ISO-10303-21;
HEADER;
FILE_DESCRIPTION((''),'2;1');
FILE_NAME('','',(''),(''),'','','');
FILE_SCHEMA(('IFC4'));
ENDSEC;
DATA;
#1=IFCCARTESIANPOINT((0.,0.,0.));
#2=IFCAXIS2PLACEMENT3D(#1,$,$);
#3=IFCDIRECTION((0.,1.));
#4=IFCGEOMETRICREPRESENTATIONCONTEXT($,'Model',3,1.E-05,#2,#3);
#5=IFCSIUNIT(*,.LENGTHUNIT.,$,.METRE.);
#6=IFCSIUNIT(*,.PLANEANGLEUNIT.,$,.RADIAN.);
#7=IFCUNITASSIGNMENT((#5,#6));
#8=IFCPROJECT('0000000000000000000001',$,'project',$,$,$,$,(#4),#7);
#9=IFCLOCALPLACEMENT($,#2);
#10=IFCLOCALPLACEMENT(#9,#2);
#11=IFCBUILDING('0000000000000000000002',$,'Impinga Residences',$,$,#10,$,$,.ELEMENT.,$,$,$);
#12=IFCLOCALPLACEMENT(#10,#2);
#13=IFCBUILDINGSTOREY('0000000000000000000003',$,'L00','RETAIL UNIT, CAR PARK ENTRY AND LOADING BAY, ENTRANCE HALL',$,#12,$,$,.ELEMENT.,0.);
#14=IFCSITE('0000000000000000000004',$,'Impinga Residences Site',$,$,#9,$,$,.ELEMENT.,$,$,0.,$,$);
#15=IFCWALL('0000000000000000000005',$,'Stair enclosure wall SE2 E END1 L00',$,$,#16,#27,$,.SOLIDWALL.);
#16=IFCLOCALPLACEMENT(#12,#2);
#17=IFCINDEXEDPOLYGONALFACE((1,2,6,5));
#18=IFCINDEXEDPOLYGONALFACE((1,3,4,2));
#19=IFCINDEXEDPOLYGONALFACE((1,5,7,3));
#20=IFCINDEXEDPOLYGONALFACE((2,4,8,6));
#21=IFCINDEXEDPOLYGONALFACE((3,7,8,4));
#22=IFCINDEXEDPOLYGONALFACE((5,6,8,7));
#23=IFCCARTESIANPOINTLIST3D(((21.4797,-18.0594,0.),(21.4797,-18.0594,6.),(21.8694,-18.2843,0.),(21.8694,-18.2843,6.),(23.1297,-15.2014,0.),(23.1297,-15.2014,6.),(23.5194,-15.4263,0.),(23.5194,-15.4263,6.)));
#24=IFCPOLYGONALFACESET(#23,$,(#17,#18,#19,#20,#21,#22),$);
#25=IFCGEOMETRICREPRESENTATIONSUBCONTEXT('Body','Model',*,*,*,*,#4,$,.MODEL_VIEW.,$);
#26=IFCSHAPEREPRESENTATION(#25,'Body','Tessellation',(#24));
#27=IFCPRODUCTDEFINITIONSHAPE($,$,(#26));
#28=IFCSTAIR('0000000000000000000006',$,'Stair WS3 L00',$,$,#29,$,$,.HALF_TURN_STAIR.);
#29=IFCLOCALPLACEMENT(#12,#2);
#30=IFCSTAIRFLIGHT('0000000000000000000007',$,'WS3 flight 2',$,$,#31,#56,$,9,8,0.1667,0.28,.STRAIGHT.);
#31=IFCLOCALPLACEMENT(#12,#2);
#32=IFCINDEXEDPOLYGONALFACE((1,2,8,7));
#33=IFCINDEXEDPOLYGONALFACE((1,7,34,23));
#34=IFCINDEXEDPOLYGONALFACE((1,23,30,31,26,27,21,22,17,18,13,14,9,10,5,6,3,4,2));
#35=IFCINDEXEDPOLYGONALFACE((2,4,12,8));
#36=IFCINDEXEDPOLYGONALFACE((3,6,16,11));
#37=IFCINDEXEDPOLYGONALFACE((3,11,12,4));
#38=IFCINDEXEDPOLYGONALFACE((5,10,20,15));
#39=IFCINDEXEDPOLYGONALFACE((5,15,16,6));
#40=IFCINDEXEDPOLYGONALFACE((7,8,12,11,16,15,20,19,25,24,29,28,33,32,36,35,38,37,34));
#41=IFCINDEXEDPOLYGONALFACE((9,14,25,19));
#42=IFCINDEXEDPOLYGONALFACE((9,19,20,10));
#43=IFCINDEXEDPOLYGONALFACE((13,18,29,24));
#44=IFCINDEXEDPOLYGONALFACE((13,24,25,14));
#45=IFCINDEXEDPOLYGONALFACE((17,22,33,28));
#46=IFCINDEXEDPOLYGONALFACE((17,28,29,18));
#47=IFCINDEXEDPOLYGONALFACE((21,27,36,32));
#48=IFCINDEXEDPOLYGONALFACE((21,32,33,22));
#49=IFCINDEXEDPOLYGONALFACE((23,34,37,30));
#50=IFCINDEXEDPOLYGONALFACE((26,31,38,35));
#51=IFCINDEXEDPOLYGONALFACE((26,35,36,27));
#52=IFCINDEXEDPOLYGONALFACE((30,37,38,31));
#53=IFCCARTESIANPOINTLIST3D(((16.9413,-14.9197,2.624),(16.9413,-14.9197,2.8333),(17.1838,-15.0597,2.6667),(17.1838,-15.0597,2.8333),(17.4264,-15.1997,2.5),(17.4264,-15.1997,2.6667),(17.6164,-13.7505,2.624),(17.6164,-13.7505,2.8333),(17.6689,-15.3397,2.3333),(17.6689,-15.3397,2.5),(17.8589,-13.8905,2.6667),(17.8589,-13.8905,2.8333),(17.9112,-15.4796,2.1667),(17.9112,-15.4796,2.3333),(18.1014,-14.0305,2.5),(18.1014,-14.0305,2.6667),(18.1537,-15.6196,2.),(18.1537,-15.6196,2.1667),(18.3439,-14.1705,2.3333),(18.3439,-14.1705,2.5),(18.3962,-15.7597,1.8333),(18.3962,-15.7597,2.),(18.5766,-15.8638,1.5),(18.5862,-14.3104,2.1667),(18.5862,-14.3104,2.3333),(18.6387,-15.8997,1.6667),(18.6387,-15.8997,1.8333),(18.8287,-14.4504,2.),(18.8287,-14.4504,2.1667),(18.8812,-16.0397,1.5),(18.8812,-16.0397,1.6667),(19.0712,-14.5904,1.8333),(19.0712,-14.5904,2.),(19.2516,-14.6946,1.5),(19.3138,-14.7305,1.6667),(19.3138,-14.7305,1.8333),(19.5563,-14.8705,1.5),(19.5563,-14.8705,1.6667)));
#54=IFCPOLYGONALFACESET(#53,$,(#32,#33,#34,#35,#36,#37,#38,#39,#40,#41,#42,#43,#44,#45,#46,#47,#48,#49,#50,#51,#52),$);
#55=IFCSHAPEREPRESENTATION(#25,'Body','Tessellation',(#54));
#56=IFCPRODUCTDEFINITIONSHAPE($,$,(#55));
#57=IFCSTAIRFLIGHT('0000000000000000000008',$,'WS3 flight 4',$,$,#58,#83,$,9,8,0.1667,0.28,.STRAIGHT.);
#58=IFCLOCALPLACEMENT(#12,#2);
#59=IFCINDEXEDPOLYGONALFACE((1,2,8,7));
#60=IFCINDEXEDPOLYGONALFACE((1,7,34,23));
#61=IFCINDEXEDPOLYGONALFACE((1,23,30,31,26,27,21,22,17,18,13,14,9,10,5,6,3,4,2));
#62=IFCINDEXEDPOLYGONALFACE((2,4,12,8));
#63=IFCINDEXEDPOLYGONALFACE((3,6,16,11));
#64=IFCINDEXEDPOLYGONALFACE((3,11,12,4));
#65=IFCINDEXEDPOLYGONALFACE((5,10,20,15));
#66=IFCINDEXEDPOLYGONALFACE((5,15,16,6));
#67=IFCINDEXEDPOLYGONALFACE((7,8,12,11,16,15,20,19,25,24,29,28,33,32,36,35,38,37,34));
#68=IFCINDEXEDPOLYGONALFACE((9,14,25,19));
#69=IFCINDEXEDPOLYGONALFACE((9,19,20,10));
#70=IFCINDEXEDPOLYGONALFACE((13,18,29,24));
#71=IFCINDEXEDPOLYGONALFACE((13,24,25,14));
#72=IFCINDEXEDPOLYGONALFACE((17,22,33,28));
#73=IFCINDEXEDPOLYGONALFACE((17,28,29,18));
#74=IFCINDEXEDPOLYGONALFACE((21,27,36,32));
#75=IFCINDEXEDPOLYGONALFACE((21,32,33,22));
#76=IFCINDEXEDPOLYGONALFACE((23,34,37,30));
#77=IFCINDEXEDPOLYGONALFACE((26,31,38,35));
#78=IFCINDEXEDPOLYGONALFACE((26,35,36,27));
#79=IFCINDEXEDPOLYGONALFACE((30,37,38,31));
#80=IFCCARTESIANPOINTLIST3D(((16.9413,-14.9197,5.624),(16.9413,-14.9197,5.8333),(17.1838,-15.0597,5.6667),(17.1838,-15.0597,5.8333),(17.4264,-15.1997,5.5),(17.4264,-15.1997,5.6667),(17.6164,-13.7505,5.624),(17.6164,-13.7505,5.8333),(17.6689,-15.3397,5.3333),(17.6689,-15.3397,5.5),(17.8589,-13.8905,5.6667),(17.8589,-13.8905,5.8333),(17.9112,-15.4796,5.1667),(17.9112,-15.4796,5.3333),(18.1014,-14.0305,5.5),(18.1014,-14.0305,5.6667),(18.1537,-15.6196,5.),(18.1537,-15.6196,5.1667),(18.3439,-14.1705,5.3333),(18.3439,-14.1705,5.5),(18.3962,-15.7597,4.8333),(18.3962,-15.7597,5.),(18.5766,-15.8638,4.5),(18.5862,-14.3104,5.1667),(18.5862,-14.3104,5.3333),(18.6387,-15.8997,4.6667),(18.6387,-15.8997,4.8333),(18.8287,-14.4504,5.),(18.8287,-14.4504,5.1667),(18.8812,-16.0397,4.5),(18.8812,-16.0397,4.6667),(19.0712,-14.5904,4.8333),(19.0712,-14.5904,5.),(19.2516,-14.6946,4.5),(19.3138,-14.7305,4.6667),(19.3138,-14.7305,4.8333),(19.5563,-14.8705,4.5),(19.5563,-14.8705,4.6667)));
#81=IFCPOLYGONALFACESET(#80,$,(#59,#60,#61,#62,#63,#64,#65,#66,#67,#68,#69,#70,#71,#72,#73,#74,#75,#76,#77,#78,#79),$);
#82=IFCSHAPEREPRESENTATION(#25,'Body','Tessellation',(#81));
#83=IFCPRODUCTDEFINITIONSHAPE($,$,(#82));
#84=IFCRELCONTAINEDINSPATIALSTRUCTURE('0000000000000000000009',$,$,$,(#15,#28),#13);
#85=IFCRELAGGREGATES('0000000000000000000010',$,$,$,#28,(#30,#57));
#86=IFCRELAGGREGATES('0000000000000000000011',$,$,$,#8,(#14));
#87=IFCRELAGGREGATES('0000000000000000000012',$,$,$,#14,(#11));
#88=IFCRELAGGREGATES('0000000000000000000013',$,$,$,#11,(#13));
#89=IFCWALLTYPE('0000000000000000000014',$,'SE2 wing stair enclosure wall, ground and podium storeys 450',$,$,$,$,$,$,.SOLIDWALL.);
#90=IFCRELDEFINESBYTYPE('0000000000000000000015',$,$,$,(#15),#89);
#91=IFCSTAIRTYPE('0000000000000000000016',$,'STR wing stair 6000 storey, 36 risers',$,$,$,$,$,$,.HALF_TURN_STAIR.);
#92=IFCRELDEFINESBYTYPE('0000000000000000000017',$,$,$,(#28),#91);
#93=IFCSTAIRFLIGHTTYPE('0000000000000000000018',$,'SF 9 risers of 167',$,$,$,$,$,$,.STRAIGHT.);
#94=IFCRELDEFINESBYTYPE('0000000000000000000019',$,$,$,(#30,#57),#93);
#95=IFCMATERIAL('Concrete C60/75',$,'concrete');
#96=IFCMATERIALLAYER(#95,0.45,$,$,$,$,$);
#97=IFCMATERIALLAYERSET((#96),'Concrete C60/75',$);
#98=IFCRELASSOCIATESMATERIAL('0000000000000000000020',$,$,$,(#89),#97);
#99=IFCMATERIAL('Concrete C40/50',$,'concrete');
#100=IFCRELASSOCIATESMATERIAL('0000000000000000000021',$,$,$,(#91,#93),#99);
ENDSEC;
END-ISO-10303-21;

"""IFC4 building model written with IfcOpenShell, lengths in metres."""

from ifc_helpers import new_model, si_unit, direction, frame, frame_2d, origin, place, context, subcontext, project, spatial, polyline, rectangle, outline, extrude, material, layer, layer_set, type_object, element, aggregate, save


model = new_model("IFC4")

# Units and contexts
model_context = context("Model", 3, precision=1e-05, world=origin(), true_north=direction((0.0, 1.0)))
body_context = subcontext(model_context, "Body", "Model", "MODEL_VIEW")
ifc_project = project(units=[si_unit("LENGTHUNIT", "METRE"), si_unit("PLANEANGLEUNIT", "RADIAN")], contexts=[model_context])

# Site, building, storey
site_placement = place(None, origin())
site = spatial("IfcSite", under=ifc_project, at=site_placement, Name="Impinga Residences Site", CompositionType="ELEMENT", RefElevation=0.0)
building_placement = place(site_placement, origin())
building = spatial("IfcBuilding", under=site, at=building_placement, Name="Impinga Residences", CompositionType="ELEMENT")
storey_placement = place(building_placement, origin())
storey = spatial("IfcBuildingStorey", under=building, at=storey_placement, Name="L00", Description="RETAIL UNIT, CAR PARK ENTRY AND LOADING BAY, ENTRANCE HALL", CompositionType="ELEMENT", Elevation=0.0)

# Shared definitions
ifc_material_1 = material(Name="Concrete C60/75", Category="concrete")

# Wall
ifc_layer_1 = layer(ifc_material_1, 0.45)
ifc_layer_set_1 = layer_set([ifc_layer_1], Name="Concrete C60/75")
wall_type_1 = type_object("IfcWallType", Name="SE2 wing stair enclosure wall, ground and podium storeys 450", PredefinedType="SOLIDWALL", material=ifc_layer_set_1)
wall_1_placement = place(storey_placement, frame((23.3245, -15.314, 0.0), z_axis=(0.0, 0.0, 1.0), x_axis=(-0.499974, -0.86604, 0.0)))
element("IfcWall", 1, at=wall_1_placement, inside=storey, type_object=wall_type_1, Name="Stair enclosure wall SE2 E END1 L00", PredefinedType="SOLIDWALL", context=body_context, shape_type="SweptSolid", body=[
    extrude(rectangle(XDim=3.3, YDim=0.45, at=frame_2d((1.6499, 0.0))), origin(), (0.0, 0.0, 1.0), 6.0),
])

# Stair, stair flights
ifc_material_2 = material(Name="Concrete C40/50", Category="concrete")
stair_type = type_object("IfcStairType", Name="STR wing stair 6000 storey, 36 risers", PredefinedType="HALF_TURN_STAIR", material=ifc_material_2)
stair_placement = place(storey_placement, origin())
stair = element("IfcStair", 2, at=stair_placement, inside=storey, type_object=stair_type, Name="Stair WS3 L00", PredefinedType="HALF_TURN_STAIR")
stair_flight_type = type_object("IfcStairFlightType", Name="SF 9 risers of 167", PredefinedType="STRAIGHT", material=ifc_material_2)
stair_flight_1_placement = place(storey_placement, frame((19.2188, -15.4551, 1.5), z_axis=(0.0, 0.0, 1.0), x_axis=(-0.866025, 0.5, 0.0)))
stair_flight_1 = element("IfcStairFlight", 3, at=stair_flight_1_placement, type_object=stair_flight_type, Name="WS3 flight 2", NumberOfRisers=9, NumberOfTreads=8, PredefinedType="STRAIGHT", RiserHeight=0.1667, TreadLength=0.28, context=body_context, shape_type="SweptSolid", body=[
    extrude(outline(polyline([(0.0, 0.0), (0.0, 0.1667), (0.28, 0.1667), (0.28, 0.3333), (0.5601, 0.3333), (0.5601, 0.5), (0.8401, 0.5), (0.8401, 0.6667), (1.1201, 0.6667), (1.1201, 0.8333), (1.3999, 0.8333), (1.3999, 1.0), (1.6799, 1.0), (1.6799, 1.1667), (1.96, 1.1667), (1.96, 1.3333), (2.24, 1.3333), (2.24, 1.5), (2.24, 1.124), (0.3518, 0.0), (0.0, 0.0)])), frame((0.0, 0.675, 0.0), z_axis=(0.0, -1.0, 0.0), x_axis=(1.0, 0.0, 0.0)), (0.0, 0.0, 1.0), 1.3501),
])
stair_flight_2_placement = place(storey_placement, frame((19.2188, -15.4551, 4.5), z_axis=(0.0, 0.0, 1.0), x_axis=(-0.866025, 0.5, 0.0)))
stair_flight_2 = element("IfcStairFlight", 4, at=stair_flight_2_placement, type_object=stair_flight_type, Name="WS3 flight 4", NumberOfRisers=9, NumberOfTreads=8, PredefinedType="STRAIGHT", RiserHeight=0.1667, TreadLength=0.28, context=body_context, shape_type="SweptSolid", body=[
    extrude(outline(polyline([(0.0, 0.0), (0.0, 0.1667), (0.28, 0.1667), (0.28, 0.3333), (0.5601, 0.3333), (0.5601, 0.5), (0.8401, 0.5), (0.8401, 0.6667), (1.1201, 0.6667), (1.1201, 0.8333), (1.3999, 0.8333), (1.3999, 1.0), (1.6799, 1.0), (1.6799, 1.1667), (1.96, 1.1667), (1.96, 1.3333), (2.24, 1.3333), (2.24, 1.5), (2.24, 1.124), (0.3518, 0.0), (0.0, 0.0)])), frame((0.0, 0.675, 0.0), z_axis=(0.0, -1.0, 0.0), x_axis=(1.0, 0.0, 0.0)), (0.0, 0.0, 1.0), 1.3501),
])
aggregate(stair, [stair_flight_1, stair_flight_2])

save(model, "model.ifc")
